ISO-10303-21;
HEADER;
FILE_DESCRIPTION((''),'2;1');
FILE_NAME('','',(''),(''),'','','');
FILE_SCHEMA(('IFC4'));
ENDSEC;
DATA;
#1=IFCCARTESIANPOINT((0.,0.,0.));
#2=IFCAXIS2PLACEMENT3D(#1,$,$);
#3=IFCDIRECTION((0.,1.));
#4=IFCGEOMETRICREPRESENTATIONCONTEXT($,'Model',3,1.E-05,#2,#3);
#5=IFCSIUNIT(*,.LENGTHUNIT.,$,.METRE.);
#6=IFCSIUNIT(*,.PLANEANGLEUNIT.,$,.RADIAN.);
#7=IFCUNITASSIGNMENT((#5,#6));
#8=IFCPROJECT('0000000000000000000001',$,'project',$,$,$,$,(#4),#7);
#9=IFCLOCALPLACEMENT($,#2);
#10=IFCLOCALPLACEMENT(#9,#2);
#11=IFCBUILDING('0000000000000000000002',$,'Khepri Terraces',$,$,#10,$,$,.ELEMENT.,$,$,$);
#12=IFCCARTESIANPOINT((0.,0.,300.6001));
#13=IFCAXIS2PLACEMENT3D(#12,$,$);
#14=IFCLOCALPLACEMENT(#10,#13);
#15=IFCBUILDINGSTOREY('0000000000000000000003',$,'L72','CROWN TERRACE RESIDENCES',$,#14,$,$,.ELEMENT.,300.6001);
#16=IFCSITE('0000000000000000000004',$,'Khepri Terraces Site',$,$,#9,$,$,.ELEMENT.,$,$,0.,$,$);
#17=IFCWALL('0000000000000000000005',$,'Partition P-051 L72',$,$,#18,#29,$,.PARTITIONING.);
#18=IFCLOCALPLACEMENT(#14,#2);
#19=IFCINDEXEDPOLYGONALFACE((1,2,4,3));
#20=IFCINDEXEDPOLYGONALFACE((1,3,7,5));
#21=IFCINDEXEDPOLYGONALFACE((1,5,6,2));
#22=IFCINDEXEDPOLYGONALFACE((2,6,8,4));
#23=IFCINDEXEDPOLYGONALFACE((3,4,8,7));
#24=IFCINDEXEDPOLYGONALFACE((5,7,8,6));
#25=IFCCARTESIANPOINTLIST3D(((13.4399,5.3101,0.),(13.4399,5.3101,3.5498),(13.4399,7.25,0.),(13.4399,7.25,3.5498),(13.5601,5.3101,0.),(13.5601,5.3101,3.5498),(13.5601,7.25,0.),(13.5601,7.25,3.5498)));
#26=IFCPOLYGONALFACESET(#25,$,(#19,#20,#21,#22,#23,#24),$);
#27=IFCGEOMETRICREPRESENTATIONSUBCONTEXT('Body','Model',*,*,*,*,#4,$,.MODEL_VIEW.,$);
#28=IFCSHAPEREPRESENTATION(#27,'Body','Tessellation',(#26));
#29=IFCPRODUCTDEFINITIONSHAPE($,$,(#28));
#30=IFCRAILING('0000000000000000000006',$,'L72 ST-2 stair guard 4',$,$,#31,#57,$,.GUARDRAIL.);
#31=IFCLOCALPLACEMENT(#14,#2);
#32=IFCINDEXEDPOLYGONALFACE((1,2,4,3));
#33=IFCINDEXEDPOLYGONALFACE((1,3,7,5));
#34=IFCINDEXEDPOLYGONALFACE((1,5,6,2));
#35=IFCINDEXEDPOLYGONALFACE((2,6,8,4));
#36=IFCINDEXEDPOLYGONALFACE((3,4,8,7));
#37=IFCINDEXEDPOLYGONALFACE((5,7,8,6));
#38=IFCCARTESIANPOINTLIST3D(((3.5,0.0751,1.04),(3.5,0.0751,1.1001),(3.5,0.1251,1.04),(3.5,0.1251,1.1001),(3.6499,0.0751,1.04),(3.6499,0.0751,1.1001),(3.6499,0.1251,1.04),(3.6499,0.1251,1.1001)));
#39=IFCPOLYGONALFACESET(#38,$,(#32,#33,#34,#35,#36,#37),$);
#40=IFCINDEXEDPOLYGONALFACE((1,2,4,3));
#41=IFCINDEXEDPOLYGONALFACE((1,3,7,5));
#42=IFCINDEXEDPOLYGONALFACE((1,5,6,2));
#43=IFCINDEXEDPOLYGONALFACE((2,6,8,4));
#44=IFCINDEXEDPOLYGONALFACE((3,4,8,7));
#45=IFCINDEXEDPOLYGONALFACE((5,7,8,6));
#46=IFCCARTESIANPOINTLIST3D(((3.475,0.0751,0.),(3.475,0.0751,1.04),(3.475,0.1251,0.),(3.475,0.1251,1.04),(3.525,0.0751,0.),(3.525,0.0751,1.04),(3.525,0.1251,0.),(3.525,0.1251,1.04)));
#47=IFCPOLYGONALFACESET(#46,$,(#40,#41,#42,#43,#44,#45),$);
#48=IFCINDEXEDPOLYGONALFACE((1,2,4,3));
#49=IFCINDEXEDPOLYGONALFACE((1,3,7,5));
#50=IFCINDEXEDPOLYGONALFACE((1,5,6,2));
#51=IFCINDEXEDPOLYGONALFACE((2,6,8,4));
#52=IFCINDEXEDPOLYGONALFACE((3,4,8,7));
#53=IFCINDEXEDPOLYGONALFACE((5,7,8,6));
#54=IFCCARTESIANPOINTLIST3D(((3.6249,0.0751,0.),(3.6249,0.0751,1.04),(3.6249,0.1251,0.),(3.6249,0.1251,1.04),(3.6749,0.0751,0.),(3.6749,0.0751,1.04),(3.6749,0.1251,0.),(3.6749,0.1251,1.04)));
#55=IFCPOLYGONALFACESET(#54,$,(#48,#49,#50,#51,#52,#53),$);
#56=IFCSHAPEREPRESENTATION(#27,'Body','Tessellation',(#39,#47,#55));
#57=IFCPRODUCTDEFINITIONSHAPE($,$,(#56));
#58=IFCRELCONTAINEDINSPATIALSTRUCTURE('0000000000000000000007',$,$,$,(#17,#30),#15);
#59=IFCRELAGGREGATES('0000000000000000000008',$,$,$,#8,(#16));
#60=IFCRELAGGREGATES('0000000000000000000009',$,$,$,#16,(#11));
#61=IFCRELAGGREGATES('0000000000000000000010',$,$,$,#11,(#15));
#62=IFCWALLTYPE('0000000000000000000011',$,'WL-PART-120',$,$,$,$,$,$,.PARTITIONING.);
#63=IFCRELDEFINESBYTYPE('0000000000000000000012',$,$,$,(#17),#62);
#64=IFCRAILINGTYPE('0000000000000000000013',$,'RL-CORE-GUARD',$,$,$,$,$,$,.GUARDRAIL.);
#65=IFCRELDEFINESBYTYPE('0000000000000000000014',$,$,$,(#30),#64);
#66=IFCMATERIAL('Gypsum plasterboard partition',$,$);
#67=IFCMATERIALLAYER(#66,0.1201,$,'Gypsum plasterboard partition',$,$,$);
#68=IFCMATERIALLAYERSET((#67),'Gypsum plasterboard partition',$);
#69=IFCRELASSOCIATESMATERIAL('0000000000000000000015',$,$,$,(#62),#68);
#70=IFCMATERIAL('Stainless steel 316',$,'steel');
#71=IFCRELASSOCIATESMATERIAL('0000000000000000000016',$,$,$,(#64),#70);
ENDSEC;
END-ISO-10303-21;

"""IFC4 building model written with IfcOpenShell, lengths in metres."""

from ifc_helpers import new_model, si_unit, direction, frame, frame_2d, origin, origin_2d, place, context, subcontext, project, spatial, rectangle, extrude, material, layer, layer_set, type_object, element, save


model = new_model("IFC4")

# Units and contexts
model_context = context("Model", 3, precision=1e-05, world=origin(), true_north=direction((0.0, 1.0)))
body_context = subcontext(model_context, "Body", "Model", "MODEL_VIEW")
ifc_project = project(units=[si_unit("LENGTHUNIT", "METRE"), si_unit("PLANEANGLEUNIT", "RADIAN")], contexts=[model_context])

# Site, building, storey
site_placement = place(None, origin())
site = spatial("IfcSite", under=ifc_project, at=site_placement, Name="Khepri Terraces Site", CompositionType="ELEMENT", RefElevation=0.0)
building_placement = place(site_placement, origin())
building = spatial("IfcBuilding", under=site, at=building_placement, Name="Khepri Terraces", CompositionType="ELEMENT")
storey_placement = place(building_placement, frame((0.0, 0.0, 300.6001)))
storey = spatial("IfcBuildingStorey", under=building, at=storey_placement, Name="L72", Description="CROWN TERRACE RESIDENCES", CompositionType="ELEMENT", Elevation=300.6001)

# Shared definitions
ifc_material_1 = material(Name="Gypsum plasterboard partition")
ifc_layer = layer(ifc_material_1, 0.1201, Name="Gypsum plasterboard partition")
ifc_layer_set = layer_set([ifc_layer], Name="Gypsum plasterboard partition")
wall_type = type_object("IfcWallType", Name="WL-PART-120", PredefinedType="PARTITIONING", material=ifc_layer_set)

# Wall
wall_1_placement = place(storey_placement, frame((13.5, 5.3101, 0.0), z_axis=(0.0, 0.0, 1.0), x_axis=(0.0, 1.0, 0.0)))
element("IfcWall", 1, at=wall_1_placement, inside=storey, type_object=wall_type, Name="Partition P-051 L72", PredefinedType="PARTITIONING", context=body_context, shape_type="SweptSolid", body=[
    extrude(rectangle(XDim=1.9399, YDim=0.1201, at=frame_2d((0.97, 0.0))), origin(), (0.0, 0.0, 1.0), 3.5498),
])

# Railing
ifc_material_2 = material(Name="Stainless steel 316", Category="steel")
railing_type = type_object("IfcRailingType", Name="RL-CORE-GUARD", PredefinedType="GUARDRAIL", material=ifc_material_2)
railing_placement = place(storey_placement, frame((3.5, 0.1001, 0.0)))
element("IfcRailing", 2, at=railing_placement, inside=storey, type_object=railing_type, Name="L72 ST-2 stair guard 4", PredefinedType="GUARDRAIL", context=body_context, shape_type="SweptSolid", body=[
    extrude(rectangle(XDim=0.05, YDim=0.0601, at=origin_2d()), frame((0.0, 0.0, 1.0701), z_axis=(1.0, 0.0, 0.0), x_axis=(0.0, 1.0, 0.0)), (0.0, 0.0, 1.0), 0.1499),
    extrude(rectangle(XDim=0.05, YDim=0.05, at=origin_2d()), origin(), (0.0, 0.0, 1.0), 1.04),
    extrude(rectangle(XDim=0.05, YDim=0.05, at=origin_2d()), frame((0.1499, 0.0, 0.0)), (0.0, 0.0, 1.0), 1.04),
])

save(model, "model.ifc")
